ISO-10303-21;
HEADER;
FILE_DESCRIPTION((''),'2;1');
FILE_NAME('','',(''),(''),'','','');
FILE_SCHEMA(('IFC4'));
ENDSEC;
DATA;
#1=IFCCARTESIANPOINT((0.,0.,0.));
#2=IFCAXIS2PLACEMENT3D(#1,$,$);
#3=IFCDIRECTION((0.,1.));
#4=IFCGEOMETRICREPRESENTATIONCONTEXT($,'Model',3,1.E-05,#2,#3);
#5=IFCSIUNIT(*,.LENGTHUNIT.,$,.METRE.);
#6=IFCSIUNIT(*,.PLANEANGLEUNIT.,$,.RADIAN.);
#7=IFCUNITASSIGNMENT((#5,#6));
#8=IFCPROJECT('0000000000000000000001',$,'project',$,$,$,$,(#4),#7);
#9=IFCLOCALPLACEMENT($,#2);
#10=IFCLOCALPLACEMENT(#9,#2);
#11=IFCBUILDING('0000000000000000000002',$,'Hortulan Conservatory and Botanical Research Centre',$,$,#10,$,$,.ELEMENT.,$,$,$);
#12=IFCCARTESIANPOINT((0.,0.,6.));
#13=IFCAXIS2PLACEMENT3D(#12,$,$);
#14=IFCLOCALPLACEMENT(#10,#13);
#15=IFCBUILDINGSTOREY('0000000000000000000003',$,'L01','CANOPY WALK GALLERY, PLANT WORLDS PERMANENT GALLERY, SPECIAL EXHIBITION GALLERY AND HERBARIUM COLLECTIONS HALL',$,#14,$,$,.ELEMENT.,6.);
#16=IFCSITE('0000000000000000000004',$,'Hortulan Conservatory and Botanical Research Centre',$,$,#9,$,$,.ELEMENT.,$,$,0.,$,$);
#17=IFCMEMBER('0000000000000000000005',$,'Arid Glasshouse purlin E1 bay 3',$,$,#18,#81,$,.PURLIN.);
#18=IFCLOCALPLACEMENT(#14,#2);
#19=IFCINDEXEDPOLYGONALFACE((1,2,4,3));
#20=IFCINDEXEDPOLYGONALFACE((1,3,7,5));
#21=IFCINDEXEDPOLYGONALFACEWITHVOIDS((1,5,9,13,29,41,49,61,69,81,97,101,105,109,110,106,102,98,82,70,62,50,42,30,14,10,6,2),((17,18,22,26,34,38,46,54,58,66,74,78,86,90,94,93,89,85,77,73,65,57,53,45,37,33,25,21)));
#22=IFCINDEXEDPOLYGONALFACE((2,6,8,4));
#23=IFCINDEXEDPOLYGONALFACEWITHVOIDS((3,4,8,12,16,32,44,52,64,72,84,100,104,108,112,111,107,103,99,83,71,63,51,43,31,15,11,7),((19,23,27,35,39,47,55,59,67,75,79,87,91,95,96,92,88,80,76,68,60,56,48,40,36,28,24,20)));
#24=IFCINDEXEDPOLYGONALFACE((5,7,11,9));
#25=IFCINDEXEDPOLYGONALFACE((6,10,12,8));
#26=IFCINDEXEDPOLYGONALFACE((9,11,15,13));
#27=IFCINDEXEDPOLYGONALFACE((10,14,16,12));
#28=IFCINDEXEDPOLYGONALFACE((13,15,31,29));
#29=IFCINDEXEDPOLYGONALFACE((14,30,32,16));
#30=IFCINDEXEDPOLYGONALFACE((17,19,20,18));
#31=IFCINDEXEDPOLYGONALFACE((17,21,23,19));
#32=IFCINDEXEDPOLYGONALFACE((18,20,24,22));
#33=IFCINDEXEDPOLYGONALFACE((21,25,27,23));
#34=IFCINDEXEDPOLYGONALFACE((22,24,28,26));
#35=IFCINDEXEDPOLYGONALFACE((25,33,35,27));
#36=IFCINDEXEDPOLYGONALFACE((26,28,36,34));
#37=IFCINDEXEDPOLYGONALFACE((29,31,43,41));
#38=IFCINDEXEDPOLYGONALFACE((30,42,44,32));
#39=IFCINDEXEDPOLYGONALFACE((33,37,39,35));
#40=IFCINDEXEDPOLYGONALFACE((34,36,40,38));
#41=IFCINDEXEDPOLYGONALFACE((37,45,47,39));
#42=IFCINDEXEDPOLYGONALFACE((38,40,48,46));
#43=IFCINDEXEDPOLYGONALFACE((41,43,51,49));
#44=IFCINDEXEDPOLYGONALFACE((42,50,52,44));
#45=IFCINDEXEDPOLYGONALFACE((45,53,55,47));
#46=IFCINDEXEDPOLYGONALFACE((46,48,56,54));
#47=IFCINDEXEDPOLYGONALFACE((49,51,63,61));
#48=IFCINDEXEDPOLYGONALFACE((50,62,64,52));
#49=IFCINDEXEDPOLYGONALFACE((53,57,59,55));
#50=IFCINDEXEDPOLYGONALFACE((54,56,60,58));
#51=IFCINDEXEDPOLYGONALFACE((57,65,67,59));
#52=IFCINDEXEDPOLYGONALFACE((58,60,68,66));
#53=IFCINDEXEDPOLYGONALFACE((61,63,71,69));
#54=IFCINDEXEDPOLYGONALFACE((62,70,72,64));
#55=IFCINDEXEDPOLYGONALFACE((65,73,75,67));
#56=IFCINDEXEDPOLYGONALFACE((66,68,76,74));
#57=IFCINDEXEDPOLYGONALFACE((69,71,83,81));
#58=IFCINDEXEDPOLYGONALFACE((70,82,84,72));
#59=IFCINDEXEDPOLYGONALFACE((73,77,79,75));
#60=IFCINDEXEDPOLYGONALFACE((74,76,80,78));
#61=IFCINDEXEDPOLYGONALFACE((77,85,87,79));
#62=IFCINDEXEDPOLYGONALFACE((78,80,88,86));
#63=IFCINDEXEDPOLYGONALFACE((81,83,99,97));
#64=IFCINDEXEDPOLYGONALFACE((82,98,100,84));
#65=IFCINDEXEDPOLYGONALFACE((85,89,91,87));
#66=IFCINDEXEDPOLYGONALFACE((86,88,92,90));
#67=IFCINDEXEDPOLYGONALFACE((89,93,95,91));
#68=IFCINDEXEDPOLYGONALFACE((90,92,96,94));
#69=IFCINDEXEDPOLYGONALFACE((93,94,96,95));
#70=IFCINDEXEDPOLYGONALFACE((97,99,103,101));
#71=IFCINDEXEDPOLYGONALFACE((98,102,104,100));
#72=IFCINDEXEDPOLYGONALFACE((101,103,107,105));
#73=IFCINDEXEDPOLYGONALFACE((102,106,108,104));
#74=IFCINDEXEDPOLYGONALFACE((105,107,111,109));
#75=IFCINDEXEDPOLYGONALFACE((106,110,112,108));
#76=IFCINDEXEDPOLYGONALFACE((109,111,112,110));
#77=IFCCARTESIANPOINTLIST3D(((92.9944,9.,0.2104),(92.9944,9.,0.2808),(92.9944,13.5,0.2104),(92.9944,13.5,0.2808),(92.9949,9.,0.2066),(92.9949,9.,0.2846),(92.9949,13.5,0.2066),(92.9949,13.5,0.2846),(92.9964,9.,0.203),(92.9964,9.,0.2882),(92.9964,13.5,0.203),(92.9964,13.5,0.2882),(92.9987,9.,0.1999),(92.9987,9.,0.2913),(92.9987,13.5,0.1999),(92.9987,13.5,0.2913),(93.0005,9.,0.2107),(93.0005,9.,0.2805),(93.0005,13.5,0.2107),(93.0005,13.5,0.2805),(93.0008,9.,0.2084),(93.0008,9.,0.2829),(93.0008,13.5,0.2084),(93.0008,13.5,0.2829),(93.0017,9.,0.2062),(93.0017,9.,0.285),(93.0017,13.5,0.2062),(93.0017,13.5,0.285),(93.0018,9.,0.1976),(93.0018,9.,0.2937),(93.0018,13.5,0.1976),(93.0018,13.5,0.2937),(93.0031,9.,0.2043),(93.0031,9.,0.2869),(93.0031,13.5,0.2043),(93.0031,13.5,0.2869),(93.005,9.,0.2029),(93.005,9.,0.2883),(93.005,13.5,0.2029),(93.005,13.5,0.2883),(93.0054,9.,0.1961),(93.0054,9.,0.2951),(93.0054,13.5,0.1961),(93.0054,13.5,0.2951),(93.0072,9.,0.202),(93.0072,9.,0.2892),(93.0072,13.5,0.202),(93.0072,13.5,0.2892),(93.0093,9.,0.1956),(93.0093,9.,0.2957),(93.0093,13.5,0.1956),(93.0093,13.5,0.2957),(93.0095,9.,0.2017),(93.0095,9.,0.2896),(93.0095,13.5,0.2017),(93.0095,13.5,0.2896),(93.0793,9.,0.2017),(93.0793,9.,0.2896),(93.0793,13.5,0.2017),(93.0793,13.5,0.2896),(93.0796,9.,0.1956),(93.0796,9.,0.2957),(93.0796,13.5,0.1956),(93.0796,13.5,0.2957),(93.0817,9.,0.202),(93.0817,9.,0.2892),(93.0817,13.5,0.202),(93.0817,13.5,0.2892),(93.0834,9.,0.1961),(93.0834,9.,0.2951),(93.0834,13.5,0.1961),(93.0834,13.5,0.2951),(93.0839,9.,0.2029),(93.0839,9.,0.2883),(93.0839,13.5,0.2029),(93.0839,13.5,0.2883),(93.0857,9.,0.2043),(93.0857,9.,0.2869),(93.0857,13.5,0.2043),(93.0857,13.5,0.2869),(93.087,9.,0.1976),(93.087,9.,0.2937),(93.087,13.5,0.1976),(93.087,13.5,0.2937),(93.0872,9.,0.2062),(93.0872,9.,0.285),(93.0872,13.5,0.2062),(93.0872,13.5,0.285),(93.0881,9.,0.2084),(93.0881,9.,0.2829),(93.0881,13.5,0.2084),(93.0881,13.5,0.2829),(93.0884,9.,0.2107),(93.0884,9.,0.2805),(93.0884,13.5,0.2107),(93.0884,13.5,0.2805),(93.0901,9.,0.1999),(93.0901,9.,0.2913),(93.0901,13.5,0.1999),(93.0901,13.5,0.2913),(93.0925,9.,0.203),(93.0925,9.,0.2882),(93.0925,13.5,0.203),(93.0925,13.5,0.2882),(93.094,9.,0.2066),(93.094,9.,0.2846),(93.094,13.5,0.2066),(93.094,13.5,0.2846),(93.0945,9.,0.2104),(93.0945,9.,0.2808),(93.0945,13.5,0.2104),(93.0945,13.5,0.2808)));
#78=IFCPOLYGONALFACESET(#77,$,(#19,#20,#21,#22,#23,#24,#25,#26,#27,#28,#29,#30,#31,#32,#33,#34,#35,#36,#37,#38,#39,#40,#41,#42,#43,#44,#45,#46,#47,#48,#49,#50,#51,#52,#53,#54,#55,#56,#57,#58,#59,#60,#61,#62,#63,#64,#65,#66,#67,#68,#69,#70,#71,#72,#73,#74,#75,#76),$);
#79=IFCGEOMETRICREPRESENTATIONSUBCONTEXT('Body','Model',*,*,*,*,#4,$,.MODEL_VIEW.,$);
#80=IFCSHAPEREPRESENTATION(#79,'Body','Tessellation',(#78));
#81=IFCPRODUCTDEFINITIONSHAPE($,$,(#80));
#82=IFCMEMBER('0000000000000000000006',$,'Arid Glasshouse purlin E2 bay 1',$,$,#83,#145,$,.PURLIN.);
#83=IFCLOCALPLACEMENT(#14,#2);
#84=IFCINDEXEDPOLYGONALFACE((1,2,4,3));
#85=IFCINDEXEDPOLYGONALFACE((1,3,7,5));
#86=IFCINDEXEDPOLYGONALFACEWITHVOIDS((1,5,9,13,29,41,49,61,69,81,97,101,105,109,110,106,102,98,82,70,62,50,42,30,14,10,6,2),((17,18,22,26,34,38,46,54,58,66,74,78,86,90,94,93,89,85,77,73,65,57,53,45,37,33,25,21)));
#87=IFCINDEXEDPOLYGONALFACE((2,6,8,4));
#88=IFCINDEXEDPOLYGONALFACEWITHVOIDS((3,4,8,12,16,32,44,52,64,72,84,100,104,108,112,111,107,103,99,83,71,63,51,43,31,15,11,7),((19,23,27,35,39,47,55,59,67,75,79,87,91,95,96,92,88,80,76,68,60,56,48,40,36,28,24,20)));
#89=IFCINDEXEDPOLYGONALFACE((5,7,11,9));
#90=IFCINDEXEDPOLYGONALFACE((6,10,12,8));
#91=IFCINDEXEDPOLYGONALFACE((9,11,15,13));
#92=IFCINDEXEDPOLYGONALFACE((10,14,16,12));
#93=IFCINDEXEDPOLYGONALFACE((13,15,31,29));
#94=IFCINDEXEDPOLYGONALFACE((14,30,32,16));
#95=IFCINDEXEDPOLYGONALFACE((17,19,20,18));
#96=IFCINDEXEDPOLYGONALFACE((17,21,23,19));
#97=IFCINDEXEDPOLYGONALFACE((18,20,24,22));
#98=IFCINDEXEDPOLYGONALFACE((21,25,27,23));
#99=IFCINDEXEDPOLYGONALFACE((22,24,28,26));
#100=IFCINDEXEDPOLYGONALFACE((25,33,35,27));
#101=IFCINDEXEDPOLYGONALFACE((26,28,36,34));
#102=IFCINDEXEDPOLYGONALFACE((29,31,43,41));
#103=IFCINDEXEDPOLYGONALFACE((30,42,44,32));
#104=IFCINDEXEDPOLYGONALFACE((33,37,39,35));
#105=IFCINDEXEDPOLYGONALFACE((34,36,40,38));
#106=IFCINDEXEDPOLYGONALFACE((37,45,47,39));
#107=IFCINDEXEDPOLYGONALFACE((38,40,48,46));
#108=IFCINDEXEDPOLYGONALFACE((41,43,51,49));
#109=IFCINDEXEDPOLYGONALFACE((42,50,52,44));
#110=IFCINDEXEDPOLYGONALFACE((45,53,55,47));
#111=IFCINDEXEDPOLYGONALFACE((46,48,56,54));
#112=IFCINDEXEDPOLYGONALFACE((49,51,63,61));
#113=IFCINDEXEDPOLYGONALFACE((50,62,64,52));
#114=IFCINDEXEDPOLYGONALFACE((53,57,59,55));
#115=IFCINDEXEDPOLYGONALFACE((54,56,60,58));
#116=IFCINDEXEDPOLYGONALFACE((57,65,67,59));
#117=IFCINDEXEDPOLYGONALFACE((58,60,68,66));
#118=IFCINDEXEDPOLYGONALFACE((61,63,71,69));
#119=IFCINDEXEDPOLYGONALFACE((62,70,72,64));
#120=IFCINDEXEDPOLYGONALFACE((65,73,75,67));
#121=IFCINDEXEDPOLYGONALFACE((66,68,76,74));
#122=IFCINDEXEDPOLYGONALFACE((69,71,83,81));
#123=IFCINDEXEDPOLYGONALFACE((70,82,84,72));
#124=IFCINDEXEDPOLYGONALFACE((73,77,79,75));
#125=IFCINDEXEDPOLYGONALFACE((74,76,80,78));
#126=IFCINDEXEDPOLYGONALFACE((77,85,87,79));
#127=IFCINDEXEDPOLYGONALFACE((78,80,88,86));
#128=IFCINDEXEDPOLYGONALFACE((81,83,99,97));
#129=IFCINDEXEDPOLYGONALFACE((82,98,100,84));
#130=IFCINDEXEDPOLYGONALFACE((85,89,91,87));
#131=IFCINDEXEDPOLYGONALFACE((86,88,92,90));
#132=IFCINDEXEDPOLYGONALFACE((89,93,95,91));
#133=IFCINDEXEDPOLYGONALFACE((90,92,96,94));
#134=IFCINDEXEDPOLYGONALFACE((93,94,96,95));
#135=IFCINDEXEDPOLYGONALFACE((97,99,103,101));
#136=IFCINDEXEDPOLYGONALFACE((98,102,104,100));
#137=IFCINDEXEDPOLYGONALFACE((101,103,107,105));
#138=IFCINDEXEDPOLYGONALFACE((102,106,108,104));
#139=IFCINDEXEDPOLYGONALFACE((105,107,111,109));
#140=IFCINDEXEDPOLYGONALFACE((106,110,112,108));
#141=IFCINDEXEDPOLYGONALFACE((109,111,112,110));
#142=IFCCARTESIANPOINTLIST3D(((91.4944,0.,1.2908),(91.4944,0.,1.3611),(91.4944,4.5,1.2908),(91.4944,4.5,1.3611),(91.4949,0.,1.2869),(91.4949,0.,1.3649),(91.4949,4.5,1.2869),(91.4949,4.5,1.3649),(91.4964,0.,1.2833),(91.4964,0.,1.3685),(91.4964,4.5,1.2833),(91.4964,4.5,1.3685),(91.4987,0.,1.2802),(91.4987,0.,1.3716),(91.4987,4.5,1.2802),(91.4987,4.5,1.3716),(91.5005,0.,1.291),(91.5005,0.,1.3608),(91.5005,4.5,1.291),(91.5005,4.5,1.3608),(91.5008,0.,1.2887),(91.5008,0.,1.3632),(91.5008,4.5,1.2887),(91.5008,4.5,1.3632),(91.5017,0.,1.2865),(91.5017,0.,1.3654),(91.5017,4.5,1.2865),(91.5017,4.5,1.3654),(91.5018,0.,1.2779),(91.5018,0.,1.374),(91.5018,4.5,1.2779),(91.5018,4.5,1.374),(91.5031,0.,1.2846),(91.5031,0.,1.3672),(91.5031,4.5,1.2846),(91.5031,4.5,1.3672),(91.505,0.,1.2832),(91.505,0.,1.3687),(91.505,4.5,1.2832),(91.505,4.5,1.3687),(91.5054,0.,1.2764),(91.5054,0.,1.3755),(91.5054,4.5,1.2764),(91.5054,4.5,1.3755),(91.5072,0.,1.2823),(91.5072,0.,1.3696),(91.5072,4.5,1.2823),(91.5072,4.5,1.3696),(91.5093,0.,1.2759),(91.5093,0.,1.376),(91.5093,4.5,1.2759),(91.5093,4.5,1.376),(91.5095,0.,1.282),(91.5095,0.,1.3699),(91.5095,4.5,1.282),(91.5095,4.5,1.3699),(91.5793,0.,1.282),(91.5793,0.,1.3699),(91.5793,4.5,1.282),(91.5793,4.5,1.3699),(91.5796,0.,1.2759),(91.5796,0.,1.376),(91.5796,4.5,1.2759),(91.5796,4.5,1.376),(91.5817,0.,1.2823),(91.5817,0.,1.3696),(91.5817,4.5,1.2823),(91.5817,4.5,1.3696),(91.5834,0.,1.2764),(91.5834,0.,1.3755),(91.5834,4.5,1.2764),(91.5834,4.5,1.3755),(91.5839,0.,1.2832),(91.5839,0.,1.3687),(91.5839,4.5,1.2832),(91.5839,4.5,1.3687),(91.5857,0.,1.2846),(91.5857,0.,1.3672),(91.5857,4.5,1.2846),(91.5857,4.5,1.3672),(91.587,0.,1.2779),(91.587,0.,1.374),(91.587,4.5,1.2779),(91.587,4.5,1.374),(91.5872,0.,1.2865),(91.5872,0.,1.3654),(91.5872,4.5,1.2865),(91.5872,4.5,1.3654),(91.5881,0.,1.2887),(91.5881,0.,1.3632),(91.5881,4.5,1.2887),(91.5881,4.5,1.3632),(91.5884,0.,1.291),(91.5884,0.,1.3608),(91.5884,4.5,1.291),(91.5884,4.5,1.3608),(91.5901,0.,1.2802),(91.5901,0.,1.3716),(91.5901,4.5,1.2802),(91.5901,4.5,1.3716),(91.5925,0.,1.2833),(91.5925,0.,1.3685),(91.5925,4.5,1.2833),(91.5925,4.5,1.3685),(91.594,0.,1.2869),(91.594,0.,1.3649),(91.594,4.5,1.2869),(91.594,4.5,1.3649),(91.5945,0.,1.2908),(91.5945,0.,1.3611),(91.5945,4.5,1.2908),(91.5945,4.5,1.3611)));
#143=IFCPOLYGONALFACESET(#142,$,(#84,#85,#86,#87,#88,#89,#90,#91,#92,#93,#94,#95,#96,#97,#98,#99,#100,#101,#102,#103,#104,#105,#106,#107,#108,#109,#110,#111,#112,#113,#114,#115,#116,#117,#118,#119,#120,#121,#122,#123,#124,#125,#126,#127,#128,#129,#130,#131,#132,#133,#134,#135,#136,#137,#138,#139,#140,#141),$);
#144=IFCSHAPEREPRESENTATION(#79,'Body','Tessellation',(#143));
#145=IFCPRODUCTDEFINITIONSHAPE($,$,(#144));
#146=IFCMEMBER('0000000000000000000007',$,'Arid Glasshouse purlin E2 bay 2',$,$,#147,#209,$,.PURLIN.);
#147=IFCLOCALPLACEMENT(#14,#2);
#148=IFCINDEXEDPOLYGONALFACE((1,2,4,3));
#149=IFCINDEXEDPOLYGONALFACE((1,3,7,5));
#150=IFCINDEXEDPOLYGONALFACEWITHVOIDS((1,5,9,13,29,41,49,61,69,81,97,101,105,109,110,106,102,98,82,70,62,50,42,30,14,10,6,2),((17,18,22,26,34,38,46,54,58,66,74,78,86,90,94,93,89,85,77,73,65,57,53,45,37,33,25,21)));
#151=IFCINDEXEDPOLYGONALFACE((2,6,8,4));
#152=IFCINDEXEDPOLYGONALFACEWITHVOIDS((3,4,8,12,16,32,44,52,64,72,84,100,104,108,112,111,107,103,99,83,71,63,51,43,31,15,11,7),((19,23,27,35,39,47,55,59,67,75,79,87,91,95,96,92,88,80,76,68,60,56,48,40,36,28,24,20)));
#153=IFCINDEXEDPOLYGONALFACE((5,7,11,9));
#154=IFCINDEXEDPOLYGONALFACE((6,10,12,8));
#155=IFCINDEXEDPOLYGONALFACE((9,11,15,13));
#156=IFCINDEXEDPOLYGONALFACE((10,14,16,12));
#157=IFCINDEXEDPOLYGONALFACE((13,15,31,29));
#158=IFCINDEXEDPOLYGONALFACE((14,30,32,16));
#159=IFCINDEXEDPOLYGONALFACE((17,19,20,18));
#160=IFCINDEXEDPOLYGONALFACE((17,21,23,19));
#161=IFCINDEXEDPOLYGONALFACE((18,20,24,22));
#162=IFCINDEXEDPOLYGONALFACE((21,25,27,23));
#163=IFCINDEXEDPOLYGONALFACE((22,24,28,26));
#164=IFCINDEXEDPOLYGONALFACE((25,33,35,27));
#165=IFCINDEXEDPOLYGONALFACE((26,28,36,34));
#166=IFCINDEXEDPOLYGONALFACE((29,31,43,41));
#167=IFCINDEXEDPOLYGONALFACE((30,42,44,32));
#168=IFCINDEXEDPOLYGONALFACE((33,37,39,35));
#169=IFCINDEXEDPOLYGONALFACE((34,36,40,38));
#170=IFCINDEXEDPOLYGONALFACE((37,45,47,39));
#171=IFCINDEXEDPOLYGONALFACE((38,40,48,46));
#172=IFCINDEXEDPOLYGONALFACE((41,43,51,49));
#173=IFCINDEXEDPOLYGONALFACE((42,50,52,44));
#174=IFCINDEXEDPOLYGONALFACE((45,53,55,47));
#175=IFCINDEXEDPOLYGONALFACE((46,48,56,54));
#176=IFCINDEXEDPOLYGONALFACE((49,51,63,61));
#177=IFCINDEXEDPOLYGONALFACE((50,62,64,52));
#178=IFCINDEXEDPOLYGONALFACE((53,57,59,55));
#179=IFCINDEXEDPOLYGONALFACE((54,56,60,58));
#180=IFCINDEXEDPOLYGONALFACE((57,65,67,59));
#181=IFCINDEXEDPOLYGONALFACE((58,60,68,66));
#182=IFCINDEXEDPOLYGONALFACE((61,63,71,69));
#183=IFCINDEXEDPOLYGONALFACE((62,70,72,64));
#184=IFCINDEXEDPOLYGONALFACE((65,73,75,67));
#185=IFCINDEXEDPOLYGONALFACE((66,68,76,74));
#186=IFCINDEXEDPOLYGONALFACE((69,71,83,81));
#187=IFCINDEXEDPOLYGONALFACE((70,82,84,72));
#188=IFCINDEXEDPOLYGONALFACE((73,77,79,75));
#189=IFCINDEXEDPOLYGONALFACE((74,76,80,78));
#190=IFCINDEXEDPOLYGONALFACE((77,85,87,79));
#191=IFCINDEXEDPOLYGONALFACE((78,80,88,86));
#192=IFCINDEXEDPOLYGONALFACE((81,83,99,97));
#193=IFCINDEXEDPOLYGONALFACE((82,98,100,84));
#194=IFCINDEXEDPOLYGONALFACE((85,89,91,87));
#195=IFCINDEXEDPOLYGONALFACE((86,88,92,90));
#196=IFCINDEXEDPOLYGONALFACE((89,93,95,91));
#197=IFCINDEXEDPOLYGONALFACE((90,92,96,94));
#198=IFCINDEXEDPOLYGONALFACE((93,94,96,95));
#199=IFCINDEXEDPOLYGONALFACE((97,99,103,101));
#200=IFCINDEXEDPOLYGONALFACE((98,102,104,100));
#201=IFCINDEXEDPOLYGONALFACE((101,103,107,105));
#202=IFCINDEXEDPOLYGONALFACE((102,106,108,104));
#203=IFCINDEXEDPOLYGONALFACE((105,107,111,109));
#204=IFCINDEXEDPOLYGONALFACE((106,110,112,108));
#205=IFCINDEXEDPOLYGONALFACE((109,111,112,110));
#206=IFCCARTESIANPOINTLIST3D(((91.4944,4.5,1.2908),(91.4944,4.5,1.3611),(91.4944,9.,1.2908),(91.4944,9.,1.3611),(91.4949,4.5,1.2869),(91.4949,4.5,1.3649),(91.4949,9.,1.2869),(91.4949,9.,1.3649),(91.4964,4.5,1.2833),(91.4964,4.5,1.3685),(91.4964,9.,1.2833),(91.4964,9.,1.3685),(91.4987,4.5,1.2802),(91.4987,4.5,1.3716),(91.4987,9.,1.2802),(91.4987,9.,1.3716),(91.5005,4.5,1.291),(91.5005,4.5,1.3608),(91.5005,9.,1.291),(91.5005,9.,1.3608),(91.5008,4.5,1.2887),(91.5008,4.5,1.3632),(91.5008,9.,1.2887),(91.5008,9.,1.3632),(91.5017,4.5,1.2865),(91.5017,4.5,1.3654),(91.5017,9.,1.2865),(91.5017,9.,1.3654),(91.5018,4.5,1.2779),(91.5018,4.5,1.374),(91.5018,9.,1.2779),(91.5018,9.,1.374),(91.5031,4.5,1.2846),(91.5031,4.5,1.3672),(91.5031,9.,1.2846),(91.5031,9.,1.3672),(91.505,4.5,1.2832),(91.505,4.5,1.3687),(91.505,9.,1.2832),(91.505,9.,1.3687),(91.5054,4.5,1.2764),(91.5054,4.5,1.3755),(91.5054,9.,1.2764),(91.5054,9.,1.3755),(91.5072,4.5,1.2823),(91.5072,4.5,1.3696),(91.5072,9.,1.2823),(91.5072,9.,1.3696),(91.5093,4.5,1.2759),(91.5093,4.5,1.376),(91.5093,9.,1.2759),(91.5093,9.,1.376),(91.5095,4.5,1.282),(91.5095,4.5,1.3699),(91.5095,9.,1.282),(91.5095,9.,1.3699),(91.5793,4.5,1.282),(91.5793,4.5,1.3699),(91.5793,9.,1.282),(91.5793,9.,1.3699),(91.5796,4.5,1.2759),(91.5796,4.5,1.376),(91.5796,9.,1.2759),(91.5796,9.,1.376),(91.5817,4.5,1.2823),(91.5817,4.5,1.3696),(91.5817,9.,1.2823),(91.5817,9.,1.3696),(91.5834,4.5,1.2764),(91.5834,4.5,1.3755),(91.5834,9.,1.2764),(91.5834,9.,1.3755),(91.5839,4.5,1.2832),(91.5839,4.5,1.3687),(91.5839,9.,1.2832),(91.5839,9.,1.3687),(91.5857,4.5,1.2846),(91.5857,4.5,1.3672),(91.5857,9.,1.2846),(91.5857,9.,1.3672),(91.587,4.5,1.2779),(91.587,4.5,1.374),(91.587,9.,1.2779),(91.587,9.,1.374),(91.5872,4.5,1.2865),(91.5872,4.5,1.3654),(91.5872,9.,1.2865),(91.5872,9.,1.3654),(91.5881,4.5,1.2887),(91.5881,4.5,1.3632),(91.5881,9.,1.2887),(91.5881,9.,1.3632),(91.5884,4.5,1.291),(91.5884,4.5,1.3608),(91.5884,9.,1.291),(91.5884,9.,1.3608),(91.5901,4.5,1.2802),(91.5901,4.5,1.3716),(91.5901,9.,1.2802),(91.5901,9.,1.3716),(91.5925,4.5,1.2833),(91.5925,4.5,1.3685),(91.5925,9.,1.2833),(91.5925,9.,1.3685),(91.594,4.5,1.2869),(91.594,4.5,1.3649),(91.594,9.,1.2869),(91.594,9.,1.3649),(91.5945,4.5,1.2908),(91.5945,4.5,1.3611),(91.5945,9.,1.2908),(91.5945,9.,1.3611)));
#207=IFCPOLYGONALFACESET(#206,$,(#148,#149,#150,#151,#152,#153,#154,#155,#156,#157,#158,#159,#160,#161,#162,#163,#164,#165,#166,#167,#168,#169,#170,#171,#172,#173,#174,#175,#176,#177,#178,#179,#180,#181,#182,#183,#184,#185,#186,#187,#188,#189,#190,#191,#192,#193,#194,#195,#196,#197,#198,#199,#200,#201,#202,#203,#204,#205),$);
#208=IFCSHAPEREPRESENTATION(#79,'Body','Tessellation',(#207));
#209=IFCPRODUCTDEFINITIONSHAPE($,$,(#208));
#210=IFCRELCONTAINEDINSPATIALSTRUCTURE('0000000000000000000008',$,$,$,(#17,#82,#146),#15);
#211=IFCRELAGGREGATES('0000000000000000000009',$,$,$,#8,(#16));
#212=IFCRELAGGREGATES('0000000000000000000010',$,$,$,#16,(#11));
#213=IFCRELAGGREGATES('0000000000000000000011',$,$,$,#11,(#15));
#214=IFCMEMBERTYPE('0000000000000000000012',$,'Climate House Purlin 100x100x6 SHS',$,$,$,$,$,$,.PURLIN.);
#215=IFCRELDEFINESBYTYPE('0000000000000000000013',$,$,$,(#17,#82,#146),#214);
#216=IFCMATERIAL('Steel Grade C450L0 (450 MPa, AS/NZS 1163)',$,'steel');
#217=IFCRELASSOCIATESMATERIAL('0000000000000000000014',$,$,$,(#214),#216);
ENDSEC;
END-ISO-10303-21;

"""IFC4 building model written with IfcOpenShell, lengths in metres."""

from ifc_helpers import new_model, si_unit, direction, frame, origin, origin_2d, place, context, subcontext, project, spatial, hollow_rectangle, extrude, material, material_profile, profile_set, type_object, element, save


model = new_model("IFC4")

# Units and contexts
model_context = context("Model", 3, precision=1e-05, world=origin(), true_north=direction((0.0, 1.0)))
body_context = subcontext(model_context, "Body", "Model", "MODEL_VIEW")
ifc_project = project(units=[si_unit("LENGTHUNIT", "METRE"), si_unit("PLANEANGLEUNIT", "RADIAN")], contexts=[model_context])

# Site, building, storey
site_placement = place(None, origin())
site = spatial("IfcSite", under=ifc_project, at=site_placement, Name="Hortulan Conservatory and Botanical Research Centre", CompositionType="ELEMENT", RefElevation=0.0)
building_placement = place(site_placement, origin())
building = spatial("IfcBuilding", under=site, at=building_placement, Name="Hortulan Conservatory and Botanical Research Centre", CompositionType="ELEMENT")
storey_placement = place(building_placement, frame((0.0, 0.0, 6.0)))
storey = spatial("IfcBuildingStorey", under=building, at=storey_placement, Name="L01", Description="CANOPY WALK GALLERY, PLANT WORLDS PERMANENT GALLERY, SPECIAL EXHIBITION GALLERY AND HERBARIUM COLLECTIONS HALL", CompositionType="ELEMENT", Elevation=6.0)

# Members
ifc_material_1 = material(Name="Steel Grade C450L0 (450 MPa, AS/NZS 1163)", Category="steel")
ifc_material_profile_1 = material_profile(ifc_material_1, hollow_rectangle(XDim=0.1001, YDim=0.1001, WallThickness=0.0061, InnerFilletRadius=0.009, OuterFilletRadius=0.0149, at=origin_2d()), Name="100x100x6SHS")
ifc_profile_set_1 = profile_set([ifc_material_profile_1], Name="Steel Grade C450L0 (450 MPa, AS/NZS 1163)")
member_type_1 = type_object("IfcMemberType", Name="Climate House Purlin 100x100x6 SHS", PredefinedType="PURLIN", material=ifc_profile_set_1)
for number, where, z_axis, x_axis, name in (
    (1, (93.0444, 9.0, 0.2456), (0.0, 1.0, 0.0), (-1.0, 0.0, 0.0), "Arid Glasshouse purlin E1 bay 3"),
    (2, (91.5444, 0.0, 1.3259), (0.0, 1.0, 0.0), (-1.0, 0.0, 0.0), "Arid Glasshouse purlin E2 bay 1"),
    (3, (91.5444, 4.5, 1.3259), (0.0, 1.0, 0.0), (-1.0, 0.0, 0.0), "Arid Glasshouse purlin E2 bay 2"),
):
    element("IfcMember", number, at=place(storey_placement, frame(where, z_axis=z_axis, x_axis=x_axis)), inside=storey, type_object=member_type_1, Name=name, PredefinedType="PURLIN", context=body_context, shape_type="SweptSolid", body=[
        extrude(hollow_rectangle(XDim=0.1001, YDim=0.1001, WallThickness=0.0061, InnerFilletRadius=0.009, OuterFilletRadius=0.0149, at=origin_2d()), origin(), (0.0, 0.0, 1.0), 4.5),
    ])

save(model, "model.ifc")
